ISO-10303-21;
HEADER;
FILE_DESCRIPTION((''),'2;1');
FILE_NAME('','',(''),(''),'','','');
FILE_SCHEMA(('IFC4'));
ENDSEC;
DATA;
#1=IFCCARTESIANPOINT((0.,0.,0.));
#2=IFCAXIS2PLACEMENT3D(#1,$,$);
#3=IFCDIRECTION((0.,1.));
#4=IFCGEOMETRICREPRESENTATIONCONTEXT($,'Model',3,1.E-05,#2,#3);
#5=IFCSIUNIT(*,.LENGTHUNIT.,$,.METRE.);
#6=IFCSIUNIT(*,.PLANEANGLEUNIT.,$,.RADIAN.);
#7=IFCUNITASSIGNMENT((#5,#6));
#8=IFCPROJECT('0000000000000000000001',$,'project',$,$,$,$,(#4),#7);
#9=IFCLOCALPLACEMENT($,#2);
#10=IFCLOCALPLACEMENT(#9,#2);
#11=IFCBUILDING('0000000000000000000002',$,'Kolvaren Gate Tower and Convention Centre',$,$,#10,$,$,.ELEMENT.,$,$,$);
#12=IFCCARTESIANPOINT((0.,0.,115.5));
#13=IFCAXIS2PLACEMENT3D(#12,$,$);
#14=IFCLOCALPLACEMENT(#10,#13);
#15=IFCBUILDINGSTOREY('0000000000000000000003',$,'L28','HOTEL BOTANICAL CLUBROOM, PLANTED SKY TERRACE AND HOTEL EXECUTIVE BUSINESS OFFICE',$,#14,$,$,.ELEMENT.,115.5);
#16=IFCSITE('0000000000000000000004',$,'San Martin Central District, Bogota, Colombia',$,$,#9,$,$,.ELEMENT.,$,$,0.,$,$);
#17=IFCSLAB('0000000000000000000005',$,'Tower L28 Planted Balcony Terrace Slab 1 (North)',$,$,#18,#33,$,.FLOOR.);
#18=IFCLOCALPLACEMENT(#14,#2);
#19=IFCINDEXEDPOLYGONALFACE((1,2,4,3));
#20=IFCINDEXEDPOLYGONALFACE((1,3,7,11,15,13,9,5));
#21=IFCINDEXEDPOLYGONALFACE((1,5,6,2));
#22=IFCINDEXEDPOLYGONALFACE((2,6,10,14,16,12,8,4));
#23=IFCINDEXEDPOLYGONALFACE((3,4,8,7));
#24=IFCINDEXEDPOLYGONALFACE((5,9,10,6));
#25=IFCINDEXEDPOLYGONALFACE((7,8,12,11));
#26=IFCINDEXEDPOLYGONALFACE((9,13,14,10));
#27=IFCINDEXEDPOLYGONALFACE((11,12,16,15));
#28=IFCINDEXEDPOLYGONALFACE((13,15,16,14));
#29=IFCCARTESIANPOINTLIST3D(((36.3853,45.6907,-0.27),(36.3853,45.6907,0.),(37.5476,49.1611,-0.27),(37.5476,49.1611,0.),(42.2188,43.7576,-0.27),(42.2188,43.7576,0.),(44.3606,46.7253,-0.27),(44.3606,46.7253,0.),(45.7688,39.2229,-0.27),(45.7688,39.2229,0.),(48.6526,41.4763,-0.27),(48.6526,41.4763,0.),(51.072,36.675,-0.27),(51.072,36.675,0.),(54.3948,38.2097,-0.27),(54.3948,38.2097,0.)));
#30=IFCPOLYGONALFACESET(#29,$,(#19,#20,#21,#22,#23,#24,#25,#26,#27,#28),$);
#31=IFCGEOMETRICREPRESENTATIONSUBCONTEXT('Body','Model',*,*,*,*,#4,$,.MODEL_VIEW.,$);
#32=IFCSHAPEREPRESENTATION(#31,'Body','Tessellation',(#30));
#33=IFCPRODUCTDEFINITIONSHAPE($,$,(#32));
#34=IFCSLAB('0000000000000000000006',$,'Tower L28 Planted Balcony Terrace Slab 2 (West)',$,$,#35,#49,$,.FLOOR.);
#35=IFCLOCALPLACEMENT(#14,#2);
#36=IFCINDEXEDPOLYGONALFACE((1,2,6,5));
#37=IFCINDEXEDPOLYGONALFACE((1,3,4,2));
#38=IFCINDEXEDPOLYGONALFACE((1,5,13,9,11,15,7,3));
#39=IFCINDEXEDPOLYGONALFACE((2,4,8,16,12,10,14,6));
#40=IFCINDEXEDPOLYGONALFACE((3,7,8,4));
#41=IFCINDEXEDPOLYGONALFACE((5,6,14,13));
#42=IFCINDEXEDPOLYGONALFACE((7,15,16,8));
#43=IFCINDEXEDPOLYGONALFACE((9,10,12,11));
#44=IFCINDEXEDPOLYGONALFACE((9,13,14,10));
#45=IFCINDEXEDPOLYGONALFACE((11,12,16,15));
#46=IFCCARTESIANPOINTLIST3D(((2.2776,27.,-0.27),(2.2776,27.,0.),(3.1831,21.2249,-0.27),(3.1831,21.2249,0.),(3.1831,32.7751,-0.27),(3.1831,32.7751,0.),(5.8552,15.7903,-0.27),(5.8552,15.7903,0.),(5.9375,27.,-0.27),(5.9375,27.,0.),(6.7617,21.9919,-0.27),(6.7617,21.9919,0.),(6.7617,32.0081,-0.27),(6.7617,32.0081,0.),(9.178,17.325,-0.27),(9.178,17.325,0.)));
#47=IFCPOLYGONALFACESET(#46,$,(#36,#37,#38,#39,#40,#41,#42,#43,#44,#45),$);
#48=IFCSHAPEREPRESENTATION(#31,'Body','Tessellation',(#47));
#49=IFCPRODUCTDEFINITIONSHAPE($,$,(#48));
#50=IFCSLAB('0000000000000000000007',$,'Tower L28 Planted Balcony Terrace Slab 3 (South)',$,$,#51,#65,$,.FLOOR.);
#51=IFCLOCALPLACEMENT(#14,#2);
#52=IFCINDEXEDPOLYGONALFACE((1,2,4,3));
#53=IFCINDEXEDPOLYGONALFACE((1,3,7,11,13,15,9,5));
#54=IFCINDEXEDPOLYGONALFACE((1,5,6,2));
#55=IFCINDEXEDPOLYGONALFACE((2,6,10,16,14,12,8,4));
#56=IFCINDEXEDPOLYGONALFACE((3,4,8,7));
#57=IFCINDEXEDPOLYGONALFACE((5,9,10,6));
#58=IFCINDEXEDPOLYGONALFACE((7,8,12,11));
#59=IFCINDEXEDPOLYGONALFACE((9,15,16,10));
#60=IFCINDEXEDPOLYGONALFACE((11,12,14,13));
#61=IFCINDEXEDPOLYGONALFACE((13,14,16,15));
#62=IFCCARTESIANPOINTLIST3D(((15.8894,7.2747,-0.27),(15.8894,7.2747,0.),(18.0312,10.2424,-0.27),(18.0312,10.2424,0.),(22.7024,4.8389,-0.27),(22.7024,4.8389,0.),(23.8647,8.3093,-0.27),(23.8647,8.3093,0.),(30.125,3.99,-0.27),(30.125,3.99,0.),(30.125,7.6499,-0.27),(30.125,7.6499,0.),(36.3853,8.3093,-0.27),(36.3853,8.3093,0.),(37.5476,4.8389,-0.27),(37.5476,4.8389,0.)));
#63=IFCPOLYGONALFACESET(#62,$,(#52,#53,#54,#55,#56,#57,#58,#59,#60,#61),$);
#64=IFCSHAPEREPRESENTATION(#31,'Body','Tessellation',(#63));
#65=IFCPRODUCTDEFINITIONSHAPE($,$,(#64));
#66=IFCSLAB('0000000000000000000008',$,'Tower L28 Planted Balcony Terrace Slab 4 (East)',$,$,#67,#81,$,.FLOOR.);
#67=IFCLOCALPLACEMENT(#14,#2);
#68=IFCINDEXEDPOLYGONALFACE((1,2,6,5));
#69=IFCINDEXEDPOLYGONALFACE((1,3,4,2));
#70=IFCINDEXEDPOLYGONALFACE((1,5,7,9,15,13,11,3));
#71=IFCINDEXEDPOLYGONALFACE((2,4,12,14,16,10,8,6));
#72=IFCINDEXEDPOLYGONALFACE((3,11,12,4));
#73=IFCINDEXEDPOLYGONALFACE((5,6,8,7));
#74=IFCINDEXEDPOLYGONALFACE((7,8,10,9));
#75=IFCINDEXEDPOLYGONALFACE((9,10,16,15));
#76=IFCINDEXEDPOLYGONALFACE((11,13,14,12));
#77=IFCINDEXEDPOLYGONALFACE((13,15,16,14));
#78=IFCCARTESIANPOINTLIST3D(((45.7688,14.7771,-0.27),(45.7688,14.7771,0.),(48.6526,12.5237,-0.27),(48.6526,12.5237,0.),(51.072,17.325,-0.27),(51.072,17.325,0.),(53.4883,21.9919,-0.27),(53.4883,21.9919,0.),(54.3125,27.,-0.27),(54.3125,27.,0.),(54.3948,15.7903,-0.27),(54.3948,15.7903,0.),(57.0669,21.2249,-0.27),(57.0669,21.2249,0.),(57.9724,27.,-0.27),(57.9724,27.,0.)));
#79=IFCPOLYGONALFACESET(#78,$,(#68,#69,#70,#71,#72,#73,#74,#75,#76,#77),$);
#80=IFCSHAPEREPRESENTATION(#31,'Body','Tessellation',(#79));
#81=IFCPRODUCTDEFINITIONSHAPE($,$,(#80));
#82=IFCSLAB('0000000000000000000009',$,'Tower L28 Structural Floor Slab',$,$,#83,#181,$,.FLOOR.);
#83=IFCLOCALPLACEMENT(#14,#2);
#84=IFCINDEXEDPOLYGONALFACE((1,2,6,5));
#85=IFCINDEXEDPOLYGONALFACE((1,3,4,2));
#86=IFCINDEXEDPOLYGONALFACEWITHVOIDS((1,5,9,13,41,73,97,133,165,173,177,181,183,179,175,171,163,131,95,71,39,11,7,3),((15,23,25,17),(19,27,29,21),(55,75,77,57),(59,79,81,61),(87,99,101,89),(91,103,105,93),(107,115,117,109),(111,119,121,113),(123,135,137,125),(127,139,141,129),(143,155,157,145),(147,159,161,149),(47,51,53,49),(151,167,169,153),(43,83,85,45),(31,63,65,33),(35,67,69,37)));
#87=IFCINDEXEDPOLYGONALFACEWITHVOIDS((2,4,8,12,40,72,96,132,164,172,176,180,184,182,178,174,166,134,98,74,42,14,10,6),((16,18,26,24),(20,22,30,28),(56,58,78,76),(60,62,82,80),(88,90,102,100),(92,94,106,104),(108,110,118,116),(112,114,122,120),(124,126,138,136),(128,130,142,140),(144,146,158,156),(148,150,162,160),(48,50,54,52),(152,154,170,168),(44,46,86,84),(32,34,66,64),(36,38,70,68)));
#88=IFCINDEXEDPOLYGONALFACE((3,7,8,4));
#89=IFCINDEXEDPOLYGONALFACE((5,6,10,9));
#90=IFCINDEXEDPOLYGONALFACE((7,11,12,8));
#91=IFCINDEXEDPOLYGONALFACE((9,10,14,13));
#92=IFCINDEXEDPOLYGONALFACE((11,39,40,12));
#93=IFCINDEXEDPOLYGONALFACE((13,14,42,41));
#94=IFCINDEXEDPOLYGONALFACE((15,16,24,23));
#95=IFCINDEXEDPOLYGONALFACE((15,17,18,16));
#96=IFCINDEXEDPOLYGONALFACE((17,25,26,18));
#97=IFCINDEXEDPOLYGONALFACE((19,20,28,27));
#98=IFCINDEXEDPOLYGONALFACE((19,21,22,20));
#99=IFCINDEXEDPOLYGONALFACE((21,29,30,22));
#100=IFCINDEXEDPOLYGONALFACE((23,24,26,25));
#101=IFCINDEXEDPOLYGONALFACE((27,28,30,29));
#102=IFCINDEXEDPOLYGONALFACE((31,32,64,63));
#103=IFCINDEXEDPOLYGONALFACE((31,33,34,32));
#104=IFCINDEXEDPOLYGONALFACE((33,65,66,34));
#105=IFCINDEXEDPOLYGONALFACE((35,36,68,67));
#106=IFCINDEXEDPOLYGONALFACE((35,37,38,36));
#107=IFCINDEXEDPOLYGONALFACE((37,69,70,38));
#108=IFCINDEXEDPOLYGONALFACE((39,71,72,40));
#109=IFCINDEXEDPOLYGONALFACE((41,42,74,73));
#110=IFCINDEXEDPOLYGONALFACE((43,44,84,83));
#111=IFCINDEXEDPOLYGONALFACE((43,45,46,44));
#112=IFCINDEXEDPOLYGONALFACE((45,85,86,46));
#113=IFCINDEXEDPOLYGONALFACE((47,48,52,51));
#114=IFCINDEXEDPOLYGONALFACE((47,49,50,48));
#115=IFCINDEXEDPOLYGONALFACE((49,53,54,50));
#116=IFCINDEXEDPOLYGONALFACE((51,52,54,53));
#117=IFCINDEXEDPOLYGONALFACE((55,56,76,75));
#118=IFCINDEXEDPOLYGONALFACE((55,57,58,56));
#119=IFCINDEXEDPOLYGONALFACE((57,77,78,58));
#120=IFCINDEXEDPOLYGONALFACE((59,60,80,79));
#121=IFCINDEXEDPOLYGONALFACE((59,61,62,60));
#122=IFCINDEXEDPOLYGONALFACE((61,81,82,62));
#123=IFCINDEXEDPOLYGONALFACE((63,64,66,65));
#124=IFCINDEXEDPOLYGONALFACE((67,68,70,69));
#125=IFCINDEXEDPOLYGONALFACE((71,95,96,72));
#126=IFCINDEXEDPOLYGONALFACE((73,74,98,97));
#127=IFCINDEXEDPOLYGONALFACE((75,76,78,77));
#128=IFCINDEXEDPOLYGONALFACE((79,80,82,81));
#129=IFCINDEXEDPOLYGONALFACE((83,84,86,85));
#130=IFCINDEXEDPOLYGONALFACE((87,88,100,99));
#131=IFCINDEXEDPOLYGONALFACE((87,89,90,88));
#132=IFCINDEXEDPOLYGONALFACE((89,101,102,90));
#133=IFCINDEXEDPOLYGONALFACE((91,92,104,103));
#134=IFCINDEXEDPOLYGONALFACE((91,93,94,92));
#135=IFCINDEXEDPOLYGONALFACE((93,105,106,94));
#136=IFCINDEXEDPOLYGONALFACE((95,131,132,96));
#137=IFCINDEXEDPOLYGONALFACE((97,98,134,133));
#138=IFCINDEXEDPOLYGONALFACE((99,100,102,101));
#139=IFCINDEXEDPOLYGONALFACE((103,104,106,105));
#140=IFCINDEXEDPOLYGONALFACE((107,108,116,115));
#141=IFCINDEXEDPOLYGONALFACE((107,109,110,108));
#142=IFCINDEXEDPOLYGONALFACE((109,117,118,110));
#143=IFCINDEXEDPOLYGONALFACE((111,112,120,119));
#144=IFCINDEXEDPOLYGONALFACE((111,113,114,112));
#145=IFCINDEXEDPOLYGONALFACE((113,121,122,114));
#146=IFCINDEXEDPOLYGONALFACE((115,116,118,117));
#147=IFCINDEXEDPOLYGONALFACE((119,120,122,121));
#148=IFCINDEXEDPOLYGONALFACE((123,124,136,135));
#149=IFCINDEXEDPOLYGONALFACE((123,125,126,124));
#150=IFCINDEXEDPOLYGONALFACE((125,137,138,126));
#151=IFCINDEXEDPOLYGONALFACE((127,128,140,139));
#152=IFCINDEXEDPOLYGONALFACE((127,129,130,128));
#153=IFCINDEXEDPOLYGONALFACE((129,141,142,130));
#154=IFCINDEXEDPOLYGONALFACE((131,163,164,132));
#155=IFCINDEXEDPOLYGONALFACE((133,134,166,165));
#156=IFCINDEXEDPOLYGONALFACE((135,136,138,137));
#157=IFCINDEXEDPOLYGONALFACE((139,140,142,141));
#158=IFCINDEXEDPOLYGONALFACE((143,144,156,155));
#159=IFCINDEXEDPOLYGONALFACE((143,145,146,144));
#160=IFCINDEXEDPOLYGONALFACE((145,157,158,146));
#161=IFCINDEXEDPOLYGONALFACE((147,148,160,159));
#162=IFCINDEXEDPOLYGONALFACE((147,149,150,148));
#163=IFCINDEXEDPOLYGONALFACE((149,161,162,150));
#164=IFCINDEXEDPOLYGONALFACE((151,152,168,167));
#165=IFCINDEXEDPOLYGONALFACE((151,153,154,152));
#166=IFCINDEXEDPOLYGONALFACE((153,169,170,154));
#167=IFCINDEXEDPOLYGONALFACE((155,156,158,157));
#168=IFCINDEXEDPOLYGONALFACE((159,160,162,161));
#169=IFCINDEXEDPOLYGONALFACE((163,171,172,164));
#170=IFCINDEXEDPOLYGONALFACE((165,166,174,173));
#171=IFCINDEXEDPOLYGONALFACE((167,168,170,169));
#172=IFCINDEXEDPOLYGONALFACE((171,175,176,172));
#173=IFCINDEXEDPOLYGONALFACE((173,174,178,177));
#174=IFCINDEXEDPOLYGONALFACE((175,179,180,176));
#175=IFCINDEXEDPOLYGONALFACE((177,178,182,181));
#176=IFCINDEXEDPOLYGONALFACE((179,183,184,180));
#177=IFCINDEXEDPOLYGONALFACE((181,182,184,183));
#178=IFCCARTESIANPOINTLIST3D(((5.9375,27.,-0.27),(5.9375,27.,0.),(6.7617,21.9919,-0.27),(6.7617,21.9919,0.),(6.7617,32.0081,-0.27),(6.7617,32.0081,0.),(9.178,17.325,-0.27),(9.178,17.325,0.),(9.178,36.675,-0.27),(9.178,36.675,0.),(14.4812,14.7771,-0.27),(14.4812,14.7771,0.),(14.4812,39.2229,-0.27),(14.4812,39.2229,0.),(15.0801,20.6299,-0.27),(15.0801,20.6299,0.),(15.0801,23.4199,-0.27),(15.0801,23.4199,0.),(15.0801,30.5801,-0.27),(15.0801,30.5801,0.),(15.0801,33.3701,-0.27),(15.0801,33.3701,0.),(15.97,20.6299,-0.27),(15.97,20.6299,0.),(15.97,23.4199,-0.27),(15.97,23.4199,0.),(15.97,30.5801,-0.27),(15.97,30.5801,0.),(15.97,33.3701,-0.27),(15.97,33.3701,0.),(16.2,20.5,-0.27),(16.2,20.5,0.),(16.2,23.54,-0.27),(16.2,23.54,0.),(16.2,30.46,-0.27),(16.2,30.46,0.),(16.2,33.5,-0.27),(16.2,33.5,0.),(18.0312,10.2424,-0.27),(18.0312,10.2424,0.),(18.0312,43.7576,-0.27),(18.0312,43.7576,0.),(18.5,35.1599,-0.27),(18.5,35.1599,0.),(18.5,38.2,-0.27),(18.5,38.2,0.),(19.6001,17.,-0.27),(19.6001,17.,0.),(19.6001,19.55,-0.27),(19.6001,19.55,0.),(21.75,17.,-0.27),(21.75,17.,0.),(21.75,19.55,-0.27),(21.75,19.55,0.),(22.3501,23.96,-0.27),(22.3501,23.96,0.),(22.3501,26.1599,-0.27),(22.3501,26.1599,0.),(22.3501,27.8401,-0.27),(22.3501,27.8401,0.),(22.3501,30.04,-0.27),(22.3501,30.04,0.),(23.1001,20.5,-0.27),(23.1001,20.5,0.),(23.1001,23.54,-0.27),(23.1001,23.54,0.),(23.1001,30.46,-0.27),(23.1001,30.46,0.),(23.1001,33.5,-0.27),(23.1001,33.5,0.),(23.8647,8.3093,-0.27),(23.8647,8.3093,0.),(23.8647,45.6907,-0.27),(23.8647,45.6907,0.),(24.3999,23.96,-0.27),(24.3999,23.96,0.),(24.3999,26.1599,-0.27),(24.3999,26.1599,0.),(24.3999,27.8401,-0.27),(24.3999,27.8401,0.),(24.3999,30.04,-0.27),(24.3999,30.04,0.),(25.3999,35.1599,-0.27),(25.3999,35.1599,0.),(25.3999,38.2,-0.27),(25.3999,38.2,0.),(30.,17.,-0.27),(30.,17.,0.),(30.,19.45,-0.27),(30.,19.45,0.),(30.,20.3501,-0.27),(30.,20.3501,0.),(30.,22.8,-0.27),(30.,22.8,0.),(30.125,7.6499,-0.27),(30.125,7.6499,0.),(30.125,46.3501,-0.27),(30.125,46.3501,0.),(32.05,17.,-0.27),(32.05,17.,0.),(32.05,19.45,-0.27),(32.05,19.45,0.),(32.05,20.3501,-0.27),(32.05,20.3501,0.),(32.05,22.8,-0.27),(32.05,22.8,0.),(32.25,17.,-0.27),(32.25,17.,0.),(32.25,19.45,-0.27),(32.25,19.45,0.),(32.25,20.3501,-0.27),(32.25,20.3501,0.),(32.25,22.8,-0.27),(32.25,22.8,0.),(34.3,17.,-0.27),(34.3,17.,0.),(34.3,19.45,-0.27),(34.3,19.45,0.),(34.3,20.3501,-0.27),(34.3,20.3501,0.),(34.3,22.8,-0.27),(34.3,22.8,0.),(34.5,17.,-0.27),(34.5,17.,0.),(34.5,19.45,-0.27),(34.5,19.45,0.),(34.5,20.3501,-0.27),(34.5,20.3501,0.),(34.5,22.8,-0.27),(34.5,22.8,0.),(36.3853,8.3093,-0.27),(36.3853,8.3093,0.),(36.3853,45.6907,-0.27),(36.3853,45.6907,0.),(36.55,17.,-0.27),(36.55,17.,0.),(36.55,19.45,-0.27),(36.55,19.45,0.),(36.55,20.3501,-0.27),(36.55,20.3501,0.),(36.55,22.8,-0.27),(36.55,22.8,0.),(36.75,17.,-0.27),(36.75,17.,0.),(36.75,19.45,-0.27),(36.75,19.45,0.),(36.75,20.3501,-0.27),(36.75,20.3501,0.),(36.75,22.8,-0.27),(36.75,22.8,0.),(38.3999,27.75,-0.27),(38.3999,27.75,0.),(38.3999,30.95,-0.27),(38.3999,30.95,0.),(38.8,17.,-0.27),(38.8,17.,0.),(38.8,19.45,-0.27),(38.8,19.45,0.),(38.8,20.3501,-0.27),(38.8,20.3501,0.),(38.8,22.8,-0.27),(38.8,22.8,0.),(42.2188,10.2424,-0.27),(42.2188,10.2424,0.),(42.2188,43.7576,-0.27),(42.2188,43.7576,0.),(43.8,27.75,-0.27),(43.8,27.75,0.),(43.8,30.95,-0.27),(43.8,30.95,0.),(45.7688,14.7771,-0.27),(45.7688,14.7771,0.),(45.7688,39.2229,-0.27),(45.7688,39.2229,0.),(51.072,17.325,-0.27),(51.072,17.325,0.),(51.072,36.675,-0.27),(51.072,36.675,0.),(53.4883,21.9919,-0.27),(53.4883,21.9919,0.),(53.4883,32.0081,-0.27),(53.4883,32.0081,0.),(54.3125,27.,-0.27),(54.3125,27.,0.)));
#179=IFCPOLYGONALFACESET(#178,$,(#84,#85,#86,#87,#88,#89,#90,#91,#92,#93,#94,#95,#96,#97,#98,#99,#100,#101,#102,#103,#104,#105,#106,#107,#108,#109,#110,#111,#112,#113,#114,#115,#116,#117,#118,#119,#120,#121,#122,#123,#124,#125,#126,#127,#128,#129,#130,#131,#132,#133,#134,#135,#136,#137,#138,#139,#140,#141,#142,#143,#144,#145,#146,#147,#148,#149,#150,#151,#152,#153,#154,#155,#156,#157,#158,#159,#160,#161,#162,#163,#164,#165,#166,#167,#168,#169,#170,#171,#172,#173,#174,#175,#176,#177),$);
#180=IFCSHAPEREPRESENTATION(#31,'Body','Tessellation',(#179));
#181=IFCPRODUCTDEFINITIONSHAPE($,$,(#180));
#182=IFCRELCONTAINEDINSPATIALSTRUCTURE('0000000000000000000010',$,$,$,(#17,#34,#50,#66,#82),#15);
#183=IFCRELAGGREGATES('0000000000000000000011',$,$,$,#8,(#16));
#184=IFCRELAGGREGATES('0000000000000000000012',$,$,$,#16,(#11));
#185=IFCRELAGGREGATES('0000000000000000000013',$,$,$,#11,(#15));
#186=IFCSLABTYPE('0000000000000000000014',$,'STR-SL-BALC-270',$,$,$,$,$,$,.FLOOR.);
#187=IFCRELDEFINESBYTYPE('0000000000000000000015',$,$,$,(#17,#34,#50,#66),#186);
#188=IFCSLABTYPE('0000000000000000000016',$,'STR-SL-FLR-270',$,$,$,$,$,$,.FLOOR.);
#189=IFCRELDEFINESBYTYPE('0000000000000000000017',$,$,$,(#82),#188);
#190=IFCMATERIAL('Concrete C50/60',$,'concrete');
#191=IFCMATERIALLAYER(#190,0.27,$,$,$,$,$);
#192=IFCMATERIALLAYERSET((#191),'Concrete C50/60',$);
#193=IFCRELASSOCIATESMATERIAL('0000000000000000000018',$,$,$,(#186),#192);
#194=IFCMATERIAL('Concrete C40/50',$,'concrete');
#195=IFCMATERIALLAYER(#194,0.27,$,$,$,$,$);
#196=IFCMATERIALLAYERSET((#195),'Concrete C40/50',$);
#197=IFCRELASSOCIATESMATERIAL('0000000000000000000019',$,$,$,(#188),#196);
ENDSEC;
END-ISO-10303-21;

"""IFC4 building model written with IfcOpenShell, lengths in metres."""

from ifc_helpers import new_model, si_unit, direction, frame, origin, place, context, subcontext, project, spatial, polyline, outline, extrude, material, layer, layer_set, type_object, element, save


model = new_model("IFC4")

# Units and contexts
model_context = context("Model", 3, precision=1e-05, world=origin(), true_north=direction((0.0, 1.0)))
body_context = subcontext(model_context, "Body", "Model", "MODEL_VIEW")
ifc_project = project(units=[si_unit("LENGTHUNIT", "METRE"), si_unit("PLANEANGLEUNIT", "RADIAN")], contexts=[model_context])

# Site, building, storey
site_placement = place(None, origin())
site = spatial("IfcSite", under=ifc_project, at=site_placement, Name="San Martin Central District, Bogota, Colombia", CompositionType="ELEMENT", RefElevation=0.0)
building_placement = place(site_placement, origin())
building = spatial("IfcBuilding", under=site, at=building_placement, Name="Kolvaren Gate Tower and Convention Centre", CompositionType="ELEMENT")
storey_placement = place(building_placement, frame((0.0, 0.0, 115.5)))
storey = spatial("IfcBuildingStorey", under=building, at=storey_placement, Name="L28", Description="HOTEL BOTANICAL CLUBROOM, PLANTED SKY TERRACE AND HOTEL EXECUTIVE BUSINESS OFFICE", CompositionType="ELEMENT", Elevation=115.5)

# Slabs
ifc_material_1 = material(Name="Concrete C50/60", Category="concrete")
ifc_layer_1 = layer(ifc_material_1, 0.27)
ifc_layer_set_1 = layer_set([ifc_layer_1], Name="Concrete C50/60")
slab_type_1 = type_object("IfcSlabType", Name="STR-SL-BALC-270", PredefinedType="FLOOR", material=ifc_layer_set_1)
slab_1_placement = place(storey_placement, frame((0.0, 0.0, -0.27)))
element("IfcSlab", 1, at=slab_1_placement, inside=storey, type_object=slab_type_1, Name="Tower L28 Planted Balcony Terrace Slab 1 (North)", PredefinedType="FLOOR", context=body_context, shape_type="SweptSolid", body=[
    extrude(outline(polyline([(51.072, 36.675), (45.7688, 39.2229), (42.2188, 43.7576), (36.3853, 45.6907), (37.5476, 49.1611), (44.3606, 46.7253), (48.6526, 41.4763), (54.3948, 38.2097), (51.072, 36.675)])), origin(), (0.0, 0.0, 1.0), 0.27),
])
slab_2_placement = place(storey_placement, frame((0.0, 0.0, -0.27)))
element("IfcSlab", 2, at=slab_2_placement, inside=storey, type_object=slab_type_1, Name="Tower L28 Planted Balcony Terrace Slab 2 (West)", PredefinedType="FLOOR", context=body_context, shape_type="SweptSolid", body=[
    extrude(outline(polyline([(6.7617, 32.0081), (5.9375, 27.0), (6.7617, 21.9919), (9.178, 17.325), (5.8552, 15.7903), (3.1831, 21.2249), (2.2776, 27.0), (3.1831, 32.7751), (6.7617, 32.0081)])), origin(), (0.0, 0.0, 1.0), 0.27),
])
slab_3_placement = place(storey_placement, frame((0.0, 0.0, -0.27)))
element("IfcSlab", 3, at=slab_3_placement, inside=storey, type_object=slab_type_1, Name="Tower L28 Planted Balcony Terrace Slab 3 (South)", PredefinedType="FLOOR", context=body_context, shape_type="SweptSolid", body=[
    extrude(outline(polyline([(18.0312, 10.2424), (23.8647, 8.3093), (30.125, 7.6499), (36.3853, 8.3093), (37.5476, 4.8389), (30.125, 3.99), (22.7024, 4.8389), (15.8894, 7.2747), (18.0312, 10.2424)])), origin(), (0.0, 0.0, 1.0), 0.27),
])
slab_4_placement = place(storey_placement, frame((0.0, 0.0, -0.27)))
element("IfcSlab", 4, at=slab_4_placement, inside=storey, type_object=slab_type_1, Name="Tower L28 Planted Balcony Terrace Slab 4 (East)", PredefinedType="FLOOR", context=body_context, shape_type="SweptSolid", body=[
    extrude(outline(polyline([(45.7688, 14.7771), (51.072, 17.325), (53.4883, 21.9919), (54.3125, 27.0), (57.9724, 27.0), (57.0669, 21.2249), (54.3948, 15.7903), (48.6526, 12.5237), (45.7688, 14.7771)])), origin(), (0.0, 0.0, 1.0), 0.27),
])
ifc_material_2 = material(Name="Concrete C40/50", Category="concrete")
ifc_layer_2 = layer(ifc_material_2, 0.27)
ifc_layer_set_2 = layer_set([ifc_layer_2], Name="Concrete C40/50")
slab_type_2 = type_object("IfcSlabType", Name="STR-SL-FLR-270", PredefinedType="FLOOR", material=ifc_layer_set_2)
slab_5_placement = place(storey_placement, frame((0.0, 0.0, -0.27)))
element("IfcSlab", 5, at=slab_5_placement, inside=storey, type_object=slab_type_2, Name="Tower L28 Structural Floor Slab", PredefinedType="FLOOR", context=body_context, shape_type="SweptSolid", body=[
    extrude(outline(polyline([(54.3125, 27.0), (53.4883, 32.0081), (51.072, 36.675), (45.7688, 39.2229), (42.2188, 43.7576), (36.3853, 45.6907), (30.125, 46.3501), (23.8647, 45.6907), (18.0312, 43.7576), (14.4812, 39.2229), (9.178, 36.675), (6.7617, 32.0081), (5.9375, 27.0), (6.7617, 21.9919), (9.178, 17.325), (14.4812, 14.7771), (18.0312, 10.2424), (23.8647, 8.3093), (30.125, 7.6499), (36.3853, 8.3093), (42.2188, 10.2424), (45.7688, 14.7771), (51.072, 17.325), (53.4883, 21.9919), (54.3125, 27.0)]), holes=[polyline([(38.3999, 30.95), (43.8, 30.95), (43.8, 27.75), (38.3999, 27.75), (38.3999, 30.95)]), polyline([(36.75, 22.8), (38.8, 22.8), (38.8, 20.3501), (36.75, 20.3501), (36.75, 22.8)]), polyline([(36.75, 17.0), (36.75, 19.45), (38.8, 19.45), (38.8, 17.0), (36.75, 17.0)]), polyline([(34.5, 20.3501), (34.5, 22.8), (36.55, 22.8), (36.55, 20.3501), (34.5, 20.3501)]), polyline([(34.5, 17.0), (34.5, 19.45), (36.55, 19.45), (36.55, 17.0), (34.5, 17.0)]), polyline([(32.25, 20.3501), (32.25, 22.8), (34.3, 22.8), (34.3, 20.3501), (32.25, 20.3501)]), polyline([(32.25, 17.0), (32.25, 19.45), (34.3, 19.45), (34.3, 17.0), (32.25, 17.0)]), polyline([(30.0, 17.0), (30.0, 19.45), (32.05, 19.45), (32.05, 17.0), (30.0, 17.0)]), polyline([(30.0, 20.3501), (30.0, 22.8), (32.05, 22.8), (32.05, 20.3501), (30.0, 20.3501)]), polyline([(25.3999, 38.2), (25.3999, 35.1599), (18.5, 35.1599), (18.5, 38.2), (25.3999, 38.2)]), polyline([(22.3501, 27.8401), (22.3501, 30.04), (24.3999, 30.04), (24.3999, 27.8401), (22.3501, 27.8401)]), polyline([(22.3501, 23.96), (22.3501, 26.1599), (24.3999, 26.1599), (24.3999, 23.96), (22.3501, 23.96)]), polyline([(23.1001, 33.5), (23.1001, 30.46), (16.2, 30.46), (16.2, 33.5), (23.1001, 33.5)]), polyline([(23.1001, 23.54), (23.1001, 20.5), (16.2, 20.5), (16.2, 23.54), (23.1001, 23.54)]), polyline([(19.6001, 17.0), (19.6001, 19.55), (21.75, 19.55), (21.75, 17.0), (19.6001, 17.0)]), polyline([(15.0801, 20.6299), (15.0801, 23.4199), (15.97, 23.4199), (15.97, 20.6299), (15.0801, 20.6299)]), polyline([(15.0801, 30.5801), (15.0801, 33.3701), (15.97, 33.3701), (15.97, 30.5801), (15.0801, 30.5801)])]), origin(), (0.0, 0.0, 1.0), 0.27),
])

save(model, "model.ifc")
